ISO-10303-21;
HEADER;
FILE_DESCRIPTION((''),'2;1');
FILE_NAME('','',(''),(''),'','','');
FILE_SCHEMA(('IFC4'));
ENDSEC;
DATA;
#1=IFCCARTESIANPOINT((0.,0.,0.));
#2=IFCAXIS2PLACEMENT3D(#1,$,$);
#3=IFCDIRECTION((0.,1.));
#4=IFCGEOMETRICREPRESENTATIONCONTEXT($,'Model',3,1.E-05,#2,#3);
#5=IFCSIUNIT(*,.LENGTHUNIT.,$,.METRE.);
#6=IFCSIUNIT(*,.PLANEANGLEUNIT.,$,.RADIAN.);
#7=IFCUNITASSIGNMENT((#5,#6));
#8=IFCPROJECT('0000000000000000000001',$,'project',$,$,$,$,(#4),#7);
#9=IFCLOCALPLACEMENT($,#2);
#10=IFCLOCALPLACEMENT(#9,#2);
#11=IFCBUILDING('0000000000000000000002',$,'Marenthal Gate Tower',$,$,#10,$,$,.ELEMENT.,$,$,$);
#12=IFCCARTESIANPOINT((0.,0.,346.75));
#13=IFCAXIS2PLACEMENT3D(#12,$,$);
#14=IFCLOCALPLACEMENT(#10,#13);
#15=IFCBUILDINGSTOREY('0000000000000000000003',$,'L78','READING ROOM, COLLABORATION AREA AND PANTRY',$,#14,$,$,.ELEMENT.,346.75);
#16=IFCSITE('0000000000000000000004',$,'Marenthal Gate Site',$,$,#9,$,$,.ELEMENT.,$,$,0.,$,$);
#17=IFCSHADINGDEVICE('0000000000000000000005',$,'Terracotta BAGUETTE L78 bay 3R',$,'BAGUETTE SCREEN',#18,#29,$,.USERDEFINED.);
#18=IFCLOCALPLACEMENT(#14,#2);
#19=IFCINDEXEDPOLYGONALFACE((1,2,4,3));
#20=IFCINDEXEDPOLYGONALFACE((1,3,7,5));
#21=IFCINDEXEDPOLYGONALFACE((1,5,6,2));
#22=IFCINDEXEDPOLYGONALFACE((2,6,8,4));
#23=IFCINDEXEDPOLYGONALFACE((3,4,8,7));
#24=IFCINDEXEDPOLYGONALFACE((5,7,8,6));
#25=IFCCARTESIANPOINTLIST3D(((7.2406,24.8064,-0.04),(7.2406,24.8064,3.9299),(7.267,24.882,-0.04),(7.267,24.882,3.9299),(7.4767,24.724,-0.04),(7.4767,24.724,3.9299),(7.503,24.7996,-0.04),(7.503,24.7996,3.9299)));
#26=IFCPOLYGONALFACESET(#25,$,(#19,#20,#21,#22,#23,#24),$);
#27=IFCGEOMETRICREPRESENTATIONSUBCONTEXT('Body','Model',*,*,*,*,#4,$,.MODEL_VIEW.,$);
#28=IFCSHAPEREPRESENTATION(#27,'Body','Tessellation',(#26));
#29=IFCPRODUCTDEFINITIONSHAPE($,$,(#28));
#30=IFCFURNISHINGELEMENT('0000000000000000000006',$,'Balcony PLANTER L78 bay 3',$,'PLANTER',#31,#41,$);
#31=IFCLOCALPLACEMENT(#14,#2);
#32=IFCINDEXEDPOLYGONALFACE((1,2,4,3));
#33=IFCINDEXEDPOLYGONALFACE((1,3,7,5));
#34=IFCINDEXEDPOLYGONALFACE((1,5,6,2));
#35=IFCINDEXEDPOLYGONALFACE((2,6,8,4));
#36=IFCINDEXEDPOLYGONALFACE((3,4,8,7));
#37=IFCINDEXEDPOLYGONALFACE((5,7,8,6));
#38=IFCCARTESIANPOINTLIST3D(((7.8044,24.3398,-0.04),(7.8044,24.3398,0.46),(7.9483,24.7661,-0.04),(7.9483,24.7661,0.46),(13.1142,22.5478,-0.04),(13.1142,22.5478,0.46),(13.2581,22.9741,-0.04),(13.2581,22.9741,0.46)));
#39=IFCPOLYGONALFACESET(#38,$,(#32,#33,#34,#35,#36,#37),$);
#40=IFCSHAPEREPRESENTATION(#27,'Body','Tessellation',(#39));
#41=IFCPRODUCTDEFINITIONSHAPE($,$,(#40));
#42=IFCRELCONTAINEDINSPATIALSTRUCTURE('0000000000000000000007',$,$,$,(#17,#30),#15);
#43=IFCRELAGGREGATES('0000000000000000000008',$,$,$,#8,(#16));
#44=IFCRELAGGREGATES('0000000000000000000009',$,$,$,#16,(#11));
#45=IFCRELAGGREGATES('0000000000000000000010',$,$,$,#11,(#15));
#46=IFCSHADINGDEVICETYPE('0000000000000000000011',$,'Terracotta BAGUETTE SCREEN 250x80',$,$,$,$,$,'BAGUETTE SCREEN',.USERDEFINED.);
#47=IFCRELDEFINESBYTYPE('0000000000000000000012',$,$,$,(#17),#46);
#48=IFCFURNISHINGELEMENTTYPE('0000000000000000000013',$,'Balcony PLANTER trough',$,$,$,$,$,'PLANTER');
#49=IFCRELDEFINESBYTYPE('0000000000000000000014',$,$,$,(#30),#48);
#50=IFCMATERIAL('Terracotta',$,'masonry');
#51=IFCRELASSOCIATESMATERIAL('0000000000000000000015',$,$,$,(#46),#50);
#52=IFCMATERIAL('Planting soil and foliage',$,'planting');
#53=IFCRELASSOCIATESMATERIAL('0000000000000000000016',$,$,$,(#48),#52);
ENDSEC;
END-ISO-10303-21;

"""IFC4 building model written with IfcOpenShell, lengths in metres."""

from ifc_helpers import new_model, si_unit, direction, frame, origin, origin_2d, place, context, subcontext, project, spatial, rectangle, extrude, material, material_profile, profile_set, type_object, element, save


model = new_model("IFC4")

# Units and contexts
model_context = context("Model", 3, precision=1e-05, world=origin(), true_north=direction((0.0, 1.0)))
body_context = subcontext(model_context, "Body", "Model", "MODEL_VIEW")
ifc_project = project(units=[si_unit("LENGTHUNIT", "METRE"), si_unit("PLANEANGLEUNIT", "RADIAN")], contexts=[model_context])

# Site, building, storey
site_placement = place(None, origin())
site = spatial("IfcSite", under=ifc_project, at=site_placement, Name="Marenthal Gate Site", CompositionType="ELEMENT", RefElevation=0.0)
building_placement = place(site_placement, origin())
building = spatial("IfcBuilding", under=site, at=building_placement, Name="Marenthal Gate Tower", CompositionType="ELEMENT")
storey_placement = place(building_placement, frame((0.0, 0.0, 346.75)))
storey = spatial("IfcBuildingStorey", under=building, at=storey_placement, Name="L78", Description="READING ROOM, COLLABORATION AREA AND PANTRY", CompositionType="ELEMENT", Elevation=346.75)

# Shading device
ifc_material_1 = material(Name="Terracotta", Category="masonry")
ifc_material_profile_1 = material_profile(ifc_material_1, rectangle(XDim=0.25, YDim=0.0801, at=origin_2d()), Name="Terracotta baguette 250x80")
ifc_profile_set_1 = profile_set([ifc_material_profile_1], Name="Terracotta")
shading_device_type = type_object("IfcShadingDeviceType", Name="Terracotta BAGUETTE SCREEN 250x80", ElementType="BAGUETTE SCREEN", PredefinedType="USERDEFINED", material=ifc_profile_set_1)
shading_device_placement = place(storey_placement, frame((7.3718, 24.803, -0.04), z_axis=(0.0, 0.0, 1.0), x_axis=(-0.944152, 0.32951, 0.0)))
element("IfcShadingDevice", 1, at=shading_device_placement, inside=storey, type_object=shading_device_type, Name="Terracotta BAGUETTE L78 bay 3R", ObjectType="BAGUETTE SCREEN", PredefinedType="USERDEFINED", context=body_context, shape_type="SweptSolid", body=[
    extrude(rectangle(XDim=0.25, YDim=0.0801, at=origin_2d()), origin(), (0.0, 0.0, 1.0), 3.97),
])

# Furnishing element
ifc_material_2 = material(Name="Planting soil and foliage", Category="planting")
furnishing_element_type = type_object("IfcFurnishingElementType", Name="Balcony PLANTER trough", ElementType="PLANTER", material=ifc_material_2)
furnishing_placement = place(storey_placement, frame((10.5312, 23.657, -0.04), z_axis=(0.0, 0.0, 1.0), x_axis=(-0.947495, 0.31977, 0.0)))
element("IfcFurnishingElement", 2, at=furnishing_placement, inside=storey, type_object=furnishing_element_type, Name="Balcony PLANTER L78 bay 3", ObjectType="PLANTER", context=body_context, shape_type="SweptSolid", body=[
    extrude(rectangle(XDim=5.604, YDim=0.45, at=origin_2d()), origin(), (0.0, 0.0, 1.0), 0.5),
])

save(model, "model.ifc")
